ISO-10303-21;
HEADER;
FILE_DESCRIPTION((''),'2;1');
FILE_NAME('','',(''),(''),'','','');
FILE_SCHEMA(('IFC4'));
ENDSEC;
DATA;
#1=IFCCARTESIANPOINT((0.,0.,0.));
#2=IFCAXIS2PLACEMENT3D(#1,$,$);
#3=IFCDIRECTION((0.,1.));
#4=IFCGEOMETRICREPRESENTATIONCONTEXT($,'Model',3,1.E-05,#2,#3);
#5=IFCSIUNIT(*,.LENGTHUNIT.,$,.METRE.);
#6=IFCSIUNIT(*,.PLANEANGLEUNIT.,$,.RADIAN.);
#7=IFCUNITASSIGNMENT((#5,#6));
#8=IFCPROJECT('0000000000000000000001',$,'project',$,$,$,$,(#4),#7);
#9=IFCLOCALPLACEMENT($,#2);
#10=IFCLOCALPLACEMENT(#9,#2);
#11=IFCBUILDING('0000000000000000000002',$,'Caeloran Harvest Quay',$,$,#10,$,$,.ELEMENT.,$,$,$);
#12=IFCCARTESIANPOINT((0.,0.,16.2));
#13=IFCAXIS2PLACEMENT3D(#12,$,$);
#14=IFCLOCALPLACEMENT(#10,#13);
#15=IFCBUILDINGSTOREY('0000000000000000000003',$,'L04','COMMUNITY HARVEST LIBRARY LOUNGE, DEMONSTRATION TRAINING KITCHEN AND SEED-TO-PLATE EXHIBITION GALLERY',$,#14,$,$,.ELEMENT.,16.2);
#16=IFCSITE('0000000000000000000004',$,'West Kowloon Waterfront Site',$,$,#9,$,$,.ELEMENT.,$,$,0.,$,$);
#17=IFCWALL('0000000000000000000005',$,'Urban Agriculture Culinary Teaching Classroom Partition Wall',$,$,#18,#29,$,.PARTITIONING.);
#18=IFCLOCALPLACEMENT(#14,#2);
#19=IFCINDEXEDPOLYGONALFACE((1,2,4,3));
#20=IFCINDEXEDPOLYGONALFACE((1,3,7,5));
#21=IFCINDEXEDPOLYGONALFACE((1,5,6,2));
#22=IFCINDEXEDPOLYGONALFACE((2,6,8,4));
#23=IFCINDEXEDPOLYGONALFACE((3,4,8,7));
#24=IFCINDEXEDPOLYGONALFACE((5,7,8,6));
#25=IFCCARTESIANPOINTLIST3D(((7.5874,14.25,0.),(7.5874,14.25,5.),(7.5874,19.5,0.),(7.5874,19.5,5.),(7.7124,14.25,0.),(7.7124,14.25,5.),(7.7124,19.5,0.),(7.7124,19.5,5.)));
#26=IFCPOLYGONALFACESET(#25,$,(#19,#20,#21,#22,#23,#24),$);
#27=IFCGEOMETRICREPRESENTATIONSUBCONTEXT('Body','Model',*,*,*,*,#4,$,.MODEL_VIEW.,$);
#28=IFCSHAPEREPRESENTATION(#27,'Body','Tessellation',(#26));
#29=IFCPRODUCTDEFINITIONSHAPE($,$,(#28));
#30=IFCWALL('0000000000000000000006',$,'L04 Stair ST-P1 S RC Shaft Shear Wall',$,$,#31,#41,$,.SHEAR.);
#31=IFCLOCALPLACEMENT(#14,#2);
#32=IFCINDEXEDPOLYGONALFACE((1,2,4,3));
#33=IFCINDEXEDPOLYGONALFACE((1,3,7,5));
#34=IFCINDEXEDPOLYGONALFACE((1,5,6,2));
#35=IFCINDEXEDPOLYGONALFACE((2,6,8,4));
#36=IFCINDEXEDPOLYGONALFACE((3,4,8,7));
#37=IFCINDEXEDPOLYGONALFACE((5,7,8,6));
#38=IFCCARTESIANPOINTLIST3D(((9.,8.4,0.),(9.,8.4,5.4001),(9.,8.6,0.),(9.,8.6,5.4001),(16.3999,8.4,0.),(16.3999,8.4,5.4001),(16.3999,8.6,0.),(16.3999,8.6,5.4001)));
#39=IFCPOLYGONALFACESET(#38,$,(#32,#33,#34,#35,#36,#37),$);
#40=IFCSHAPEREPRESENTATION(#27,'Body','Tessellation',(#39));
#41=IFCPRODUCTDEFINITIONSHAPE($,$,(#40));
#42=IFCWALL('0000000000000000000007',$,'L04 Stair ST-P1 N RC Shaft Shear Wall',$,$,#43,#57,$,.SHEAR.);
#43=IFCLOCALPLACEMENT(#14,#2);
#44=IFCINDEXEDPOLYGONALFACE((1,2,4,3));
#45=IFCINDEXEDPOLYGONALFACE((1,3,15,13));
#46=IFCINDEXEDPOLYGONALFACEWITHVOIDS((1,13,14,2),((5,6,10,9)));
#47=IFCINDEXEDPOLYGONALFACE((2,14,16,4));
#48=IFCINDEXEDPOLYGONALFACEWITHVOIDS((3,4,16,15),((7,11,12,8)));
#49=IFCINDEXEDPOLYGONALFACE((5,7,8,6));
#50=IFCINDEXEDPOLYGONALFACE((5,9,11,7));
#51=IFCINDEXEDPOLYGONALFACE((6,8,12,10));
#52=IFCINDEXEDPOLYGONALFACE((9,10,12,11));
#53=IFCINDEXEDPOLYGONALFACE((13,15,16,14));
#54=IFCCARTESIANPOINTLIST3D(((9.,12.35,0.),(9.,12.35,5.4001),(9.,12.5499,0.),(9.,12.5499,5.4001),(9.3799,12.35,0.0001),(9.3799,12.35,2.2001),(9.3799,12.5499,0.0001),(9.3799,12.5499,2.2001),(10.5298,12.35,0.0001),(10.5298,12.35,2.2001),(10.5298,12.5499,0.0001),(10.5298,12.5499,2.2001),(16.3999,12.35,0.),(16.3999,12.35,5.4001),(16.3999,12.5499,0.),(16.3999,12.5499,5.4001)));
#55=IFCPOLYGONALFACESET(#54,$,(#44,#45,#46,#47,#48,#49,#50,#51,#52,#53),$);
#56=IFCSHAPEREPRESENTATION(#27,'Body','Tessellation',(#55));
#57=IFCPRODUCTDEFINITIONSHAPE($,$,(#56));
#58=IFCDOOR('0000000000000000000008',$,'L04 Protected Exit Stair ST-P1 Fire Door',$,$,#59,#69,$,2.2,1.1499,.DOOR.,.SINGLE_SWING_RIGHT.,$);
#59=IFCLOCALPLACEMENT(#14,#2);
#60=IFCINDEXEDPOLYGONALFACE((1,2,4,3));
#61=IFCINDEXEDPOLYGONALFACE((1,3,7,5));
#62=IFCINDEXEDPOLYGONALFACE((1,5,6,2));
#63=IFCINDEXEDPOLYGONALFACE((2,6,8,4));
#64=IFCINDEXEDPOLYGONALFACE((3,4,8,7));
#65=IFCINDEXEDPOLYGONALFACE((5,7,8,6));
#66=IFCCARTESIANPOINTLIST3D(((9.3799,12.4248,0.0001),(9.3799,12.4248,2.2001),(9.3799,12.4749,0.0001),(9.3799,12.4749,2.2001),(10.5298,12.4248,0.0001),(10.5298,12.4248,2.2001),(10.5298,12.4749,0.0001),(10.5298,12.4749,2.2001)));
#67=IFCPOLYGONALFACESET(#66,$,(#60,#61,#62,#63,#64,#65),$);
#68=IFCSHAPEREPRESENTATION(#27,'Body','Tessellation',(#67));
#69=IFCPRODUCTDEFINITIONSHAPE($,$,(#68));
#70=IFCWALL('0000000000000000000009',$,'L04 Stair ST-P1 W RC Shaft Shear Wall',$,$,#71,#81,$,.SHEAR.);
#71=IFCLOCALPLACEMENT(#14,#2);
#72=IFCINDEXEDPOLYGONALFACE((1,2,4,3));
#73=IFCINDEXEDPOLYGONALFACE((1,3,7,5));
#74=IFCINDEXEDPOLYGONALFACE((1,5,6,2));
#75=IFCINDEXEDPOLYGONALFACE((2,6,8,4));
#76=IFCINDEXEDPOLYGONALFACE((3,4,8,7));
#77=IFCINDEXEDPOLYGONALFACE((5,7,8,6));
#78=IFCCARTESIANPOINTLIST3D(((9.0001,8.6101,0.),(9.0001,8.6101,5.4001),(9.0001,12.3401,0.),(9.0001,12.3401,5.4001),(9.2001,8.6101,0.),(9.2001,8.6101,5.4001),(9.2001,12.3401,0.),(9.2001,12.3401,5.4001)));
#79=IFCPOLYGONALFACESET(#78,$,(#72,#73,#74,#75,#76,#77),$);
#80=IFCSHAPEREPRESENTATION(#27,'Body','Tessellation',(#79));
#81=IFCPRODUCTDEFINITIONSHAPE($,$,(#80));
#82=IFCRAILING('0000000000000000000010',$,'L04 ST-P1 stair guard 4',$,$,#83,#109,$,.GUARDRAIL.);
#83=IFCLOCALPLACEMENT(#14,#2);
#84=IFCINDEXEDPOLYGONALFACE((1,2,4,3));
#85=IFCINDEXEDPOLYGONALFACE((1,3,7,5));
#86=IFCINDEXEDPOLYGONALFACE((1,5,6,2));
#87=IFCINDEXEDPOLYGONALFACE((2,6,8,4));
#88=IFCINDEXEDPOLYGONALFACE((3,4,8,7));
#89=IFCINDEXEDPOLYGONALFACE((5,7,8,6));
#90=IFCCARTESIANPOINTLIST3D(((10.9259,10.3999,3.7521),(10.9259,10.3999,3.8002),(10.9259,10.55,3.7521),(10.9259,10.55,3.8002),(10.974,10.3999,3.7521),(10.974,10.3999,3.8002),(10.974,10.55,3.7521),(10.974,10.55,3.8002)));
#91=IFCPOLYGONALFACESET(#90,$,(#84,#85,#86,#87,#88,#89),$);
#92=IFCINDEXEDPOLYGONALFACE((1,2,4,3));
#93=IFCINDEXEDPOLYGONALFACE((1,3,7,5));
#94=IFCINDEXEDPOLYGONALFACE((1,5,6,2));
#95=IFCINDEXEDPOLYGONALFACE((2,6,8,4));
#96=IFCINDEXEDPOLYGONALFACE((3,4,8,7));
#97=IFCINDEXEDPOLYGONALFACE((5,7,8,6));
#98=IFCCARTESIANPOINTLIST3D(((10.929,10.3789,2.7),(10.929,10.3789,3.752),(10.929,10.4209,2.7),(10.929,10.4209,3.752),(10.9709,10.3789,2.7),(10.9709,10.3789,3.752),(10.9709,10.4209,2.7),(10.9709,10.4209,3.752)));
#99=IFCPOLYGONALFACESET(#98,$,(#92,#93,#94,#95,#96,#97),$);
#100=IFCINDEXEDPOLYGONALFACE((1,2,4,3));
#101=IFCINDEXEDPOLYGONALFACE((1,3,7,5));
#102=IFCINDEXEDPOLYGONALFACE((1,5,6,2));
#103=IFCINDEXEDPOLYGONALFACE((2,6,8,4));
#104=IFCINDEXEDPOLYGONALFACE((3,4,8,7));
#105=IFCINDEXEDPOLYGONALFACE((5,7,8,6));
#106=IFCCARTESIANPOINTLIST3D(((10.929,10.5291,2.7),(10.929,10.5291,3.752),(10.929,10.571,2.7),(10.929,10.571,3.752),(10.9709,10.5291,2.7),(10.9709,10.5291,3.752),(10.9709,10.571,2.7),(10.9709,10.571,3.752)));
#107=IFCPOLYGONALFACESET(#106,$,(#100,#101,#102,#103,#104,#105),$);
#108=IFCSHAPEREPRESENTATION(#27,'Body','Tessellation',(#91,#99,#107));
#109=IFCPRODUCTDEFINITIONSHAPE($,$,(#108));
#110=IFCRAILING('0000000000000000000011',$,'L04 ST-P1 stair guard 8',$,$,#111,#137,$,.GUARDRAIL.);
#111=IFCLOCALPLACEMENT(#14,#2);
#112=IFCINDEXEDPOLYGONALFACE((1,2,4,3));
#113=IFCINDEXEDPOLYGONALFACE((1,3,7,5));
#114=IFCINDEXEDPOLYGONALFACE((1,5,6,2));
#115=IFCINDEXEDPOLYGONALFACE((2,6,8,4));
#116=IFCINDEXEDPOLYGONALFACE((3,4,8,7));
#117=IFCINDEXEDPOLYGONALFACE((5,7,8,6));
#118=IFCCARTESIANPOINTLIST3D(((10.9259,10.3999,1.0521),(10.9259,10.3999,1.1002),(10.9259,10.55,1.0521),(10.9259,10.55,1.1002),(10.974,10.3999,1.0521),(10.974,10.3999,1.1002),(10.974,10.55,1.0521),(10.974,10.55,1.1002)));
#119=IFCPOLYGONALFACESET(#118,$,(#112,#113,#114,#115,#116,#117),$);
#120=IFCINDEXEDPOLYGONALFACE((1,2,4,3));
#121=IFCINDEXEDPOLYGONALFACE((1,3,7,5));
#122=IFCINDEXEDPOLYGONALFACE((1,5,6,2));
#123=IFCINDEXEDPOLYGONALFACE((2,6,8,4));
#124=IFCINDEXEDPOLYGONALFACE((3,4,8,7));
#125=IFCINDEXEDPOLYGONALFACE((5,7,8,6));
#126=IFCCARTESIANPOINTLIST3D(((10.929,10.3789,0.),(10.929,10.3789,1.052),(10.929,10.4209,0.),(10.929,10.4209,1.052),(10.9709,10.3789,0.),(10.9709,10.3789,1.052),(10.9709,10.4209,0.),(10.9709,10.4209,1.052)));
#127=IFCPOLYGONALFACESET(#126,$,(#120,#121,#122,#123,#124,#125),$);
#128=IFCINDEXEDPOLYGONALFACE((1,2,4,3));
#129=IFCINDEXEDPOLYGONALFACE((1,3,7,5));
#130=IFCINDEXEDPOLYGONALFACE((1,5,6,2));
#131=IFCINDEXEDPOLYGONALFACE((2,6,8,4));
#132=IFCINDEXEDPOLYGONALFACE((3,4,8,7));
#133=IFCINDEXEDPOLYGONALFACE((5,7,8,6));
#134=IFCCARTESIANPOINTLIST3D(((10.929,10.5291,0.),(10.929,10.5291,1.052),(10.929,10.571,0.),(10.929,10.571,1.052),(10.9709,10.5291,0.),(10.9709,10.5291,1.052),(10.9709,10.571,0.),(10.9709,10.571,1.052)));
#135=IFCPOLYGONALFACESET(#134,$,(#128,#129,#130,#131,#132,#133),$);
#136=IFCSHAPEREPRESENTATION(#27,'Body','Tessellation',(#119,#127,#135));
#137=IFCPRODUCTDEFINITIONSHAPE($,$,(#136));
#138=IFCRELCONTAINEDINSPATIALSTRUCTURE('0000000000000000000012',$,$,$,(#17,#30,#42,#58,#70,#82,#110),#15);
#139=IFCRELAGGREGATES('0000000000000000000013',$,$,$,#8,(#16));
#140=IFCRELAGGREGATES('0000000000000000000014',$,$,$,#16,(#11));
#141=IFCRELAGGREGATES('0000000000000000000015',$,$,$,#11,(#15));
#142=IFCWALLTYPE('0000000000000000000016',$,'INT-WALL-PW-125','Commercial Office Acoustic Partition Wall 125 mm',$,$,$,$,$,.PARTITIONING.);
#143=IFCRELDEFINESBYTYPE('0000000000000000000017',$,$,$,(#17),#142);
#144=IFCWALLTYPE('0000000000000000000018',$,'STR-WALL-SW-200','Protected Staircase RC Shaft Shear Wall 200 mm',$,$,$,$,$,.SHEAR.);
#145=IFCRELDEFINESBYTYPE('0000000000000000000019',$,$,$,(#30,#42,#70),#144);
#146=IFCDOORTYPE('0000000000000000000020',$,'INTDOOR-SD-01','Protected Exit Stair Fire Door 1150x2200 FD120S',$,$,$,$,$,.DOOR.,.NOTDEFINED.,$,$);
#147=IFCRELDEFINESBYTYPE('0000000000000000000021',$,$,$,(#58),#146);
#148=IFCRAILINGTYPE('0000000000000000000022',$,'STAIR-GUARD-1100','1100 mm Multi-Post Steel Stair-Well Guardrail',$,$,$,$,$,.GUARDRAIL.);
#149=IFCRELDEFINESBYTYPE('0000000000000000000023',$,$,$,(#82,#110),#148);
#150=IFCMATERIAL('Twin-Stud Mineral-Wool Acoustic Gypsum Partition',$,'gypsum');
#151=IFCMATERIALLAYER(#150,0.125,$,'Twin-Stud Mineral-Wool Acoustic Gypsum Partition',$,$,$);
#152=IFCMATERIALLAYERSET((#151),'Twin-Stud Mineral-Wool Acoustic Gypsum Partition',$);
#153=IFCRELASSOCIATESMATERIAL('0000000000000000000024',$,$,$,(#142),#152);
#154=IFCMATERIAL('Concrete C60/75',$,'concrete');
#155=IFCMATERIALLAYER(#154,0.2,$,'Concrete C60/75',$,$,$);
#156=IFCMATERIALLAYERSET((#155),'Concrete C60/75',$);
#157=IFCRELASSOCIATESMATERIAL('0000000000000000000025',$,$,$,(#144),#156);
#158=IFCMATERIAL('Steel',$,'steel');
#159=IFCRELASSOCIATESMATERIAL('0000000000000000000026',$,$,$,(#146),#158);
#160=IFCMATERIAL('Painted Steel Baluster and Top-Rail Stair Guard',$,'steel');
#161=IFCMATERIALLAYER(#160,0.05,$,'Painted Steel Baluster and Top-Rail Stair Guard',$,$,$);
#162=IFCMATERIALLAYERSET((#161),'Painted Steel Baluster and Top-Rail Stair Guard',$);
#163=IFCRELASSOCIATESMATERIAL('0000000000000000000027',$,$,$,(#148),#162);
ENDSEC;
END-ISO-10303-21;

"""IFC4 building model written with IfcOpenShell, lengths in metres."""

from ifc_helpers import new_model, si_unit, direction, frame, frame_2d, origin, origin_2d, place, context, subcontext, project, spatial, rectangle, extrude, material, layer, layer_set, type_object, element, fill, save


model = new_model("IFC4")

# Units and contexts
model_context = context("Model", 3, precision=1e-05, world=origin(), true_north=direction((0.0, 1.0)))
body_context = subcontext(model_context, "Body", "Model", "MODEL_VIEW")
ifc_project = project(units=[si_unit("LENGTHUNIT", "METRE"), si_unit("PLANEANGLEUNIT", "RADIAN")], contexts=[model_context])

# Site, building, storey
site_placement = place(None, origin())
site = spatial("IfcSite", under=ifc_project, at=site_placement, Name="West Kowloon Waterfront Site", CompositionType="ELEMENT", RefElevation=0.0)
building_placement = place(site_placement, origin())
building = spatial("IfcBuilding", under=site, at=building_placement, Name="Caeloran Harvest Quay", CompositionType="ELEMENT")
storey_placement = place(building_placement, frame((0.0, 0.0, 16.2)))
storey = spatial("IfcBuildingStorey", under=building, at=storey_placement, Name="L04", Description="COMMUNITY HARVEST LIBRARY LOUNGE, DEMONSTRATION TRAINING KITCHEN AND SEED-TO-PLATE EXHIBITION GALLERY", CompositionType="ELEMENT", Elevation=16.2)

# Walls
ifc_material_1 = material(Name="Twin-Stud Mineral-Wool Acoustic Gypsum Partition", Category="gypsum")
ifc_layer_1 = layer(ifc_material_1, 0.125, Name="Twin-Stud Mineral-Wool Acoustic Gypsum Partition")
ifc_layer_set_1 = layer_set([ifc_layer_1], Name="Twin-Stud Mineral-Wool Acoustic Gypsum Partition")
wall_type_1 = type_object("IfcWallType", Name="INT-WALL-PW-125", Description="Commercial Office Acoustic Partition Wall 125 mm", PredefinedType="PARTITIONING", material=ifc_layer_set_1)
wall_1_placement = place(storey_placement, frame((7.6499, 14.25, 0.0), z_axis=(0.0, 0.0, 1.0), x_axis=(0.0, 1.0, 0.0)))
element("IfcWall", 1, at=wall_1_placement, inside=storey, type_object=wall_type_1, Name="Urban Agriculture Culinary Teaching Classroom Partition Wall", PredefinedType="PARTITIONING", context=body_context, shape_type="SweptSolid", body=[
    extrude(rectangle(XDim=5.25, YDim=0.125, at=frame_2d((2.625, 0.0))), origin(), (0.0, 0.0, 1.0), 5.0),
])
ifc_material_2 = material(Name="Concrete C60/75", Category="concrete")
ifc_layer_2 = layer(ifc_material_2, 0.2, Name="Concrete C60/75")
ifc_layer_set_2 = layer_set([ifc_layer_2], Name="Concrete C60/75")
wall_type_2 = type_object("IfcWallType", Name="STR-WALL-SW-200", Description="Protected Staircase RC Shaft Shear Wall 200 mm", PredefinedType="SHEAR", material=ifc_layer_set_2)
wall_2_placement = place(storey_placement, frame((9.0, 8.5, 0.0), z_axis=(0.0, 0.0, 1.0), x_axis=(1.0, 0.0, 0.0)))
element("IfcWall", 2, at=wall_2_placement, inside=storey, type_object=wall_type_2, Name="L04 Stair ST-P1 S RC Shaft Shear Wall", PredefinedType="SHEAR", context=body_context, shape_type="SweptSolid", body=[
    extrude(rectangle(XDim=7.3999, YDim=0.2, at=frame_2d((3.7, 0.0))), origin(), (0.0, 0.0, 1.0), 5.4001),
])

# Wall, opening, door
wall_3_placement = place(storey_placement, frame((9.0, 12.45, 0.0), z_axis=(0.0, 0.0, 1.0), x_axis=(1.0, 0.0, 0.0)))
wall_3 = element("IfcWall", 3, at=wall_3_placement, inside=storey, type_object=wall_type_2, Name="L04 Stair ST-P1 N RC Shaft Shear Wall", PredefinedType="SHEAR", context=body_context, shape_type="SweptSolid", body=[
    extrude(rectangle(XDim=7.3999, YDim=0.2, at=frame_2d((3.7, 0.0))), origin(), (0.0, 0.0, 1.0), 5.4001),
])
opening_placement = place(wall_3_placement, frame((0.3799, 0.0, 0.0)))
opening = element("IfcOpeningElement", 4, at=opening_placement, cuts=wall_3, PredefinedType="OPENING", context=body_context, shape_type="SweptSolid", body=[
    extrude(rectangle(XDim=1.1499, YDim=2.2, at=frame_2d((0.575, 1.1001))), frame((0.0, 0.1099, 0.0), z_axis=(0.0, -1.0, 0.0), x_axis=(1.0, 0.0, 0.0)), (0.0, 0.0, 1.0), 0.22),
])
ifc_material_3 = material(Name="Steel", Category="steel")
door_type = type_object("IfcDoorType", Name="INTDOOR-SD-01", Description="Protected Exit Stair Fire Door 1150x2200 FD120S", OperationType="NOTDEFINED", PredefinedType="DOOR", material=ifc_material_3)
door_placement = place(opening_placement, origin())
door = element("IfcDoor", 5, at=door_placement, inside=storey, type_object=door_type, Name="L04 Protected Exit Stair ST-P1 Fire Door", OperationType="SINGLE_SWING_RIGHT", OverallHeight=2.2, OverallWidth=1.1499, PredefinedType="DOOR", context=body_context, shape_type="SweptSolid", body=[
    extrude(rectangle(XDim=1.1499, YDim=2.2, at=frame_2d((0.575, 1.1001))), frame((0.0, 0.0249, 0.0), z_axis=(0.0, -1.0, 0.0), x_axis=(1.0, 0.0, 0.0)), (0.0, 0.0, 1.0), 0.05),
])
fill(opening, door)

# Wall
wall_4_placement = place(storey_placement, frame((9.1001, 8.6101, 0.0), z_axis=(0.0, 0.0, 1.0), x_axis=(0.0, 1.0, 0.0)))
element("IfcWall", 6, at=wall_4_placement, inside=storey, type_object=wall_type_2, Name="L04 Stair ST-P1 W RC Shaft Shear Wall", PredefinedType="SHEAR", context=body_context, shape_type="SweptSolid", body=[
    extrude(rectangle(XDim=3.73, YDim=0.2, at=frame_2d((1.865, 0.0))), origin(), (0.0, 0.0, 1.0), 5.4001),
])

# Railings
ifc_material_4 = material(Name="Painted Steel Baluster and Top-Rail Stair Guard", Category="steel")
ifc_layer_3 = layer(ifc_material_4, 0.05, Name="Painted Steel Baluster and Top-Rail Stair Guard")
ifc_layer_set_3 = layer_set([ifc_layer_3], Name="Painted Steel Baluster and Top-Rail Stair Guard")
railing_type = type_object("IfcRailingType", Name="STAIR-GUARD-1100", Description="1100 mm Multi-Post Steel Stair-Well Guardrail", PredefinedType="GUARDRAIL", material=ifc_layer_set_3)
for number, where, name in (
    (7, (10.95, 10.3999, 2.7), "L04 ST-P1 stair guard 4"),
    (8, (10.95, 10.3999, 0.0), "L04 ST-P1 stair guard 8"),
):
    element("IfcRailing", number, at=place(storey_placement, frame(where)), inside=storey, type_object=railing_type, Name=name, PredefinedType="GUARDRAIL", context=body_context, shape_type="SweptSolid", body=[
        extrude(rectangle(XDim=0.0481, YDim=0.0481, at=origin_2d()), frame((0.0, 0.0, 1.0762), z_axis=(0.0, 1.0, 0.0), x_axis=(-1.0, 0.0, 0.0)), (0.0, 0.0, 1.0), 0.1501),
        extrude(rectangle(XDim=0.042, YDim=0.042, at=origin_2d()), origin(), (0.0, 0.0, 1.0), 1.052),
        extrude(rectangle(XDim=0.042, YDim=0.042, at=origin_2d()), frame((0.0, 0.1501, 0.0)), (0.0, 0.0, 1.0), 1.052),
    ])

save(model, "model.ifc")
